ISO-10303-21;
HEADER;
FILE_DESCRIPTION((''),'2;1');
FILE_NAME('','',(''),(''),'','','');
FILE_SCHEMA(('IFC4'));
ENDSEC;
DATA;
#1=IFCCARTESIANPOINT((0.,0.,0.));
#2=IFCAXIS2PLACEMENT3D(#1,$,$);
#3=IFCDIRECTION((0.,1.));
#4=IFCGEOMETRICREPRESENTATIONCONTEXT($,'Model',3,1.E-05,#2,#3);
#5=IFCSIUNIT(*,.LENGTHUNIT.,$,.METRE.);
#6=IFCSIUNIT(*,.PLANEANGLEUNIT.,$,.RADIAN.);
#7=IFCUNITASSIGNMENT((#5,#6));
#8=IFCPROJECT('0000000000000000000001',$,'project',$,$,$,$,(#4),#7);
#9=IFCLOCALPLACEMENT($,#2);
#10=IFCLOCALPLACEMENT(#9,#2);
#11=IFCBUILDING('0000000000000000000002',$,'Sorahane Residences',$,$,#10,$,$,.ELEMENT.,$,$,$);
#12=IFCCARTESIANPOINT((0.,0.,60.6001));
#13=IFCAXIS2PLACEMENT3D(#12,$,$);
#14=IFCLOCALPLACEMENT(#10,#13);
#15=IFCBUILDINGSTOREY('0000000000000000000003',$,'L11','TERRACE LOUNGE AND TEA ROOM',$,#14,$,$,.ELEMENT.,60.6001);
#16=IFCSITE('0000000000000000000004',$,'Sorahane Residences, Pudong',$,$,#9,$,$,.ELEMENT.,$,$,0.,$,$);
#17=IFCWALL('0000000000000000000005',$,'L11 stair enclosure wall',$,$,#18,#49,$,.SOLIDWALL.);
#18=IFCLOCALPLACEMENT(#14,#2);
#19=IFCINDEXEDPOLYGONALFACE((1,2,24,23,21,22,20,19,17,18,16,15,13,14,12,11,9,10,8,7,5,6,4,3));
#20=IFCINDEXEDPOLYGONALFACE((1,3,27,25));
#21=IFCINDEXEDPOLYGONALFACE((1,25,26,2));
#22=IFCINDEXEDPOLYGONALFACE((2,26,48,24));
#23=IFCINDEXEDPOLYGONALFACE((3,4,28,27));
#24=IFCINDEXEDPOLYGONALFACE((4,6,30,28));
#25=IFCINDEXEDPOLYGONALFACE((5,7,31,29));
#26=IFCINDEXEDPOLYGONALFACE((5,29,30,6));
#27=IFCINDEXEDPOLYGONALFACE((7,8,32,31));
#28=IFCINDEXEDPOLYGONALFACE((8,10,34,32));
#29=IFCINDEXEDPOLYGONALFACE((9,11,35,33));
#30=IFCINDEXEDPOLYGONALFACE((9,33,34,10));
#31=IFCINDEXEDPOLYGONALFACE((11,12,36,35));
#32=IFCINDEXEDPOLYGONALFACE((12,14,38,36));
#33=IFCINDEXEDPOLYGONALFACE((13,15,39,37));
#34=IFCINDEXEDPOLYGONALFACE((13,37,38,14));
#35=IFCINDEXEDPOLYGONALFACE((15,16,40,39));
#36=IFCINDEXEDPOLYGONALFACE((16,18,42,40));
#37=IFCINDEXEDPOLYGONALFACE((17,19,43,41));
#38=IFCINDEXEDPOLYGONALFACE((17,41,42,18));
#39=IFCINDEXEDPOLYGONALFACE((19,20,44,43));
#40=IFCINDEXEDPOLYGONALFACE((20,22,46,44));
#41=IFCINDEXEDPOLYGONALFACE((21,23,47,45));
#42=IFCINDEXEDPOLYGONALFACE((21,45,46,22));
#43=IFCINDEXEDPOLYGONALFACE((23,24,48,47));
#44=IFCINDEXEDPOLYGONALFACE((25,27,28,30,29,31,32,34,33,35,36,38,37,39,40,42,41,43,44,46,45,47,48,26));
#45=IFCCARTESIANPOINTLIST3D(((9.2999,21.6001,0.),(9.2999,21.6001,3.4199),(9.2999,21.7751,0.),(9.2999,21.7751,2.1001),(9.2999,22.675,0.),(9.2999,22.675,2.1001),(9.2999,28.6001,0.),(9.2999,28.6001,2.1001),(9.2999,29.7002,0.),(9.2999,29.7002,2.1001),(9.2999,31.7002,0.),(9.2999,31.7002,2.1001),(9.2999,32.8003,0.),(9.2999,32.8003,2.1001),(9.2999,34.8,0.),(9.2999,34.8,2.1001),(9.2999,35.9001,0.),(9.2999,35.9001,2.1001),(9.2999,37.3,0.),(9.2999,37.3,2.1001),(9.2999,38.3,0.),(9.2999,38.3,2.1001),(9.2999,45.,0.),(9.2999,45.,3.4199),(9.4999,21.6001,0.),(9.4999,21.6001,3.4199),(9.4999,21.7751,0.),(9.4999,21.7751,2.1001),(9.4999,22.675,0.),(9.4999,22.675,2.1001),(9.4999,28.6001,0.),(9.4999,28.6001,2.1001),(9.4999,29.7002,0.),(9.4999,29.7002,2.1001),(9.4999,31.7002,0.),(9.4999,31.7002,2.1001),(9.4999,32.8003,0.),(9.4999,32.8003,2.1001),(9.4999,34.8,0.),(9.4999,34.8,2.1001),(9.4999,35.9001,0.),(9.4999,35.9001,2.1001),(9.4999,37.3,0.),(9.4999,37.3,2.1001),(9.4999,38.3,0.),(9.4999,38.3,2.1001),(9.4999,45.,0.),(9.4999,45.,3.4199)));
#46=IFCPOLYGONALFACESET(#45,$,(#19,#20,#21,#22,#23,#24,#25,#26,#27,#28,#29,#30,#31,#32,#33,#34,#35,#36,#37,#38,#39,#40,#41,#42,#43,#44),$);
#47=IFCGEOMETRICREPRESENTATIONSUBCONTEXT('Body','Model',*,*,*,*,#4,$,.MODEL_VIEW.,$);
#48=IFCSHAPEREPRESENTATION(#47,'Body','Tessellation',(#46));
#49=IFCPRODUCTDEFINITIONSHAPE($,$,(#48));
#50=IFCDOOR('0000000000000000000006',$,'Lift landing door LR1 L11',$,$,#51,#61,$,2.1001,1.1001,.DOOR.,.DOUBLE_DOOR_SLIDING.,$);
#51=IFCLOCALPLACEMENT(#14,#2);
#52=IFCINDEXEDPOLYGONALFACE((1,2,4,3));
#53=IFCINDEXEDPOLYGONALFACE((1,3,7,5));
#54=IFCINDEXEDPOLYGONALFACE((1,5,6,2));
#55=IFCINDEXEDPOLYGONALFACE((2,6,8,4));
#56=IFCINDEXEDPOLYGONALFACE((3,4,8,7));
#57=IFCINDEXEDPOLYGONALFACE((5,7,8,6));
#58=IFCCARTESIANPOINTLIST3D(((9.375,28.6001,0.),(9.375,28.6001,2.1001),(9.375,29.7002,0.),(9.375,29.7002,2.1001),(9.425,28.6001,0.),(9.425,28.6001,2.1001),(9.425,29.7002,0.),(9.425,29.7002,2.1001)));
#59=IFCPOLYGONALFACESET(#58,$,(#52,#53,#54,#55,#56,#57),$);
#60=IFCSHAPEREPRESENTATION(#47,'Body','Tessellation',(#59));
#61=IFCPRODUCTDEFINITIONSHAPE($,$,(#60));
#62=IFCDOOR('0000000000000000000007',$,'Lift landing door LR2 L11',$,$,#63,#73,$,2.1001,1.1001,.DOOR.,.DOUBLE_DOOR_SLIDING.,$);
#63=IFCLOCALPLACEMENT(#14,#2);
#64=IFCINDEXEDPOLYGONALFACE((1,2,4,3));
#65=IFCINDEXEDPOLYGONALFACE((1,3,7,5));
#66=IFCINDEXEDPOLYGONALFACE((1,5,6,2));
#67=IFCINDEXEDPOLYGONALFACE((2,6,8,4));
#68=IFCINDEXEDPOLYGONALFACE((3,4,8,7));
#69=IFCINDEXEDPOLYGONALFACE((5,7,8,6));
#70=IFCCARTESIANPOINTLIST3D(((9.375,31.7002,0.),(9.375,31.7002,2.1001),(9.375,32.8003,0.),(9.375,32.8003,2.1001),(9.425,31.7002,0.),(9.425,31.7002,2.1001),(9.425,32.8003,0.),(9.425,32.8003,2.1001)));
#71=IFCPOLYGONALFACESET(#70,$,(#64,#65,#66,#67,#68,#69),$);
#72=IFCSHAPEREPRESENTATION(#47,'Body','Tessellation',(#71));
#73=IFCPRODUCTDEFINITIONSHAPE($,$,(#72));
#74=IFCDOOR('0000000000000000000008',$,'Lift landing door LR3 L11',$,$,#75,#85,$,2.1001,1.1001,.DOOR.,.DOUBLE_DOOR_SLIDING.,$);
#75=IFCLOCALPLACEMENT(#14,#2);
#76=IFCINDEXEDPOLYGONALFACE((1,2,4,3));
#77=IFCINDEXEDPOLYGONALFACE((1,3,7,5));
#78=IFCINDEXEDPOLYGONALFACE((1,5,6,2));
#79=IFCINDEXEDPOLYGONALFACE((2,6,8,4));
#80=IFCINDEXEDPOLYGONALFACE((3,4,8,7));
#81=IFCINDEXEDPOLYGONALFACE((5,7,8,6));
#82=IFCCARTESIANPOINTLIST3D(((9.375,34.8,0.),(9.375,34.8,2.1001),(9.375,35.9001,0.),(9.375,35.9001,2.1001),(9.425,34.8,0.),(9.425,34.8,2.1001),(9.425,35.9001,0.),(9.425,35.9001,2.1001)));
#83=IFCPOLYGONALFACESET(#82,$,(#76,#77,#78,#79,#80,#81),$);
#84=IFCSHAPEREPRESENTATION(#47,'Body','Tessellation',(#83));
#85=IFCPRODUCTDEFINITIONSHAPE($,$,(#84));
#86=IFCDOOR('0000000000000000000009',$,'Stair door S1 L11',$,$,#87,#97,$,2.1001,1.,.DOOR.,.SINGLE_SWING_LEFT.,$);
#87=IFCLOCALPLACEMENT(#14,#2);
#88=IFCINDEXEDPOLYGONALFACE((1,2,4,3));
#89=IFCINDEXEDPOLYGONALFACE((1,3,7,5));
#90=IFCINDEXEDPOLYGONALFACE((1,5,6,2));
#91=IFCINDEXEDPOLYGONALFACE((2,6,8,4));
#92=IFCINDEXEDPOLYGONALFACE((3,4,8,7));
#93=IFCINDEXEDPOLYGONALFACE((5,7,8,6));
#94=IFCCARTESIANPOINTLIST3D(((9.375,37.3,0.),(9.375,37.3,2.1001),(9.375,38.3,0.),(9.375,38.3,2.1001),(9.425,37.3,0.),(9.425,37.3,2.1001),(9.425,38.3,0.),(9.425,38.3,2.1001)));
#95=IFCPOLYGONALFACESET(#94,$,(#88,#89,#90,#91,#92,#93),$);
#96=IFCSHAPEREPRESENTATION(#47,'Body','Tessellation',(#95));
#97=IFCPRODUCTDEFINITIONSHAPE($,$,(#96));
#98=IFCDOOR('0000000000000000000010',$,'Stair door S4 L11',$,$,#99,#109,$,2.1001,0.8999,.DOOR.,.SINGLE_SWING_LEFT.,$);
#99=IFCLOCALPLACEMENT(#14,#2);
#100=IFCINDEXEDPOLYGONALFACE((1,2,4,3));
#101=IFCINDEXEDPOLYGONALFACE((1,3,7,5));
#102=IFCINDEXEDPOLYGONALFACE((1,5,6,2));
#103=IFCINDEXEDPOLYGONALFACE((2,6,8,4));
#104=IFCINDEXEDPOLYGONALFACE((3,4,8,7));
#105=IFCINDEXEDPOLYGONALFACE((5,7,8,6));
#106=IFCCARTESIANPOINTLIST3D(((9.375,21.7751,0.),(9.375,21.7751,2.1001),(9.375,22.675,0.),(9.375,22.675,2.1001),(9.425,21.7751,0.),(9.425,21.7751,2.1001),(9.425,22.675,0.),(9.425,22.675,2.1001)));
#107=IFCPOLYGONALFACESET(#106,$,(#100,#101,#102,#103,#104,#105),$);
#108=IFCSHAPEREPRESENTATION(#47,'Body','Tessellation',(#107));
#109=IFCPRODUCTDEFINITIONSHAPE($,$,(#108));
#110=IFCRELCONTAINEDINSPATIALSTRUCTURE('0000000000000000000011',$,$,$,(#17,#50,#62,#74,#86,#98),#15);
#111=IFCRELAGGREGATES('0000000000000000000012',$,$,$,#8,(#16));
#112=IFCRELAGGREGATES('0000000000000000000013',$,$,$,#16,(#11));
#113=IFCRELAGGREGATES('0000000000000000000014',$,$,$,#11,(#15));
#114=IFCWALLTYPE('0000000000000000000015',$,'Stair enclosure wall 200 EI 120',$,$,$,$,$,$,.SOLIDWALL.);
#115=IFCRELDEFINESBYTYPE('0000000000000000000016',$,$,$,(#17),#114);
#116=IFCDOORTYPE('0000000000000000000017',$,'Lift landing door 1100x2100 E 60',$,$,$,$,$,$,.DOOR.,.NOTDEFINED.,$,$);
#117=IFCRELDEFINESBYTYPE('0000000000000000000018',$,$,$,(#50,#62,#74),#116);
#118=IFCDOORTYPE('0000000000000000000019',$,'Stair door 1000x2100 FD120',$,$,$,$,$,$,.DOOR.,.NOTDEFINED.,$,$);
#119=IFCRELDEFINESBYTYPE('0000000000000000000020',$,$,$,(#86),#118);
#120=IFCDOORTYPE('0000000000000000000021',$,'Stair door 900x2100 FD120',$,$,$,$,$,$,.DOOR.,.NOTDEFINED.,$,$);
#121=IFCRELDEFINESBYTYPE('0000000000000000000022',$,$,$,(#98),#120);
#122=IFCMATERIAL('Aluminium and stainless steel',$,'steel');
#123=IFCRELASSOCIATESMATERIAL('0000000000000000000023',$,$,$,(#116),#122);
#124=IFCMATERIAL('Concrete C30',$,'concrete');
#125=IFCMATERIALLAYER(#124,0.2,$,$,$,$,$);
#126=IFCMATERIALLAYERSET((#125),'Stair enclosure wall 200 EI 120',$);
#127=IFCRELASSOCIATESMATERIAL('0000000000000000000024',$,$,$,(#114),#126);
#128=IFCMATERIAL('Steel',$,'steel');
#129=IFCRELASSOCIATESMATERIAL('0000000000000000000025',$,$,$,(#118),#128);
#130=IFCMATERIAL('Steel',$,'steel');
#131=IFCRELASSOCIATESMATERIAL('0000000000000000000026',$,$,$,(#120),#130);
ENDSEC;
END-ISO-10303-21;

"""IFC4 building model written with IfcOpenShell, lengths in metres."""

from ifc_helpers import new_model, si_unit, direction, frame, frame_2d, origin, place, context, subcontext, project, spatial, rectangle, extrude, material, layer, layer_set, type_object, element, fill, save


model = new_model("IFC4")

# Units and contexts
model_context = context("Model", 3, precision=1e-05, world=origin(), true_north=direction((0.0, 1.0)))
body_context = subcontext(model_context, "Body", "Model", "MODEL_VIEW")
ifc_project = project(units=[si_unit("LENGTHUNIT", "METRE"), si_unit("PLANEANGLEUNIT", "RADIAN")], contexts=[model_context])

# Site, building, storey
site_placement = place(None, origin())
site = spatial("IfcSite", under=ifc_project, at=site_placement, Name="Sorahane Residences, Pudong", CompositionType="ELEMENT", RefElevation=0.0)
building_placement = place(site_placement, origin())
building = spatial("IfcBuilding", under=site, at=building_placement, Name="Sorahane Residences", CompositionType="ELEMENT")
storey_placement = place(building_placement, frame((0.0, 0.0, 60.6001)))
storey = spatial("IfcBuildingStorey", under=building, at=storey_placement, Name="L11", Description="TERRACE LOUNGE AND TEA ROOM", CompositionType="ELEMENT", Elevation=60.6001)

# Wall, openings, doors
ifc_material_1 = material(Name="Aluminium and stainless steel", Category="steel")
door_type_1 = type_object("IfcDoorType", Name="Lift landing door 1100x2100 E 60", OperationType="NOTDEFINED", PredefinedType="DOOR", material=ifc_material_1)
ifc_material_2 = material(Name="Concrete C30", Category="concrete")
ifc_layer_1 = layer(ifc_material_2, 0.2)
ifc_layer_set_1 = layer_set([ifc_layer_1], Name="Stair enclosure wall 200 EI 120")
wall_type_1 = type_object("IfcWallType", Name="Stair enclosure wall 200 EI 120", PredefinedType="SOLIDWALL", material=ifc_layer_set_1)
wall_1_placement = place(storey_placement, frame((9.3999, 21.6001, 0.0), z_axis=(0.0, 0.0, 1.0), x_axis=(0.0, 1.0, 0.0)))
wall_1 = element("IfcWall", 1, at=wall_1_placement, inside=storey, type_object=wall_type_1, Name="L11 stair enclosure wall", PredefinedType="SOLIDWALL", context=body_context, shape_type="SweptSolid", body=[
    extrude(rectangle(XDim=23.3999, YDim=0.2, at=frame_2d((11.7, 0.0))), origin(), (0.0, 0.0, 1.0), 3.4199),
])
opening_1_placement = place(wall_1_placement, frame((7.0, 0.0, 0.0)))
opening_1 = element("IfcOpeningElement", 2, at=opening_1_placement, cuts=wall_1, PredefinedType="OPENING", context=body_context, shape_type="SweptSolid", body=[
    extrude(rectangle(XDim=1.1001, YDim=2.1001, at=frame_2d((0.55, 1.05))), frame((0.0, 0.1099, 0.0), z_axis=(0.0, -1.0, 0.0), x_axis=(1.0, 0.0, 0.0)), (0.0, 0.0, 1.0), 0.22),
])
opening_2_placement = place(wall_1_placement, frame((10.1001, 0.0, 0.0)))
opening_2 = element("IfcOpeningElement", 3, at=opening_2_placement, cuts=wall_1, PredefinedType="OPENING", context=body_context, shape_type="SweptSolid", body=[
    extrude(rectangle(XDim=1.1001, YDim=2.1001, at=frame_2d((0.55, 1.05))), frame((0.0, 0.1099, 0.0), z_axis=(0.0, -1.0, 0.0), x_axis=(1.0, 0.0, 0.0)), (0.0, 0.0, 1.0), 0.22),
])
opening_3_placement = place(wall_1_placement, frame((13.2, 0.0, 0.0)))
opening_3 = element("IfcOpeningElement", 4, at=opening_3_placement, cuts=wall_1, PredefinedType="OPENING", context=body_context, shape_type="SweptSolid", body=[
    extrude(rectangle(XDim=1.1001, YDim=2.1001, at=frame_2d((0.55, 1.05))), frame((0.0, 0.1099, 0.0), z_axis=(0.0, -1.0, 0.0), x_axis=(1.0, 0.0, 0.0)), (0.0, 0.0, 1.0), 0.22),
])
opening_4_placement = place(wall_1_placement, frame((15.7, 0.0, 0.0)))
opening_4 = element("IfcOpeningElement", 5, at=opening_4_placement, cuts=wall_1, PredefinedType="OPENING", context=body_context, shape_type="SweptSolid", body=[
    extrude(rectangle(XDim=1.0, YDim=2.1001, at=frame_2d((0.5, 1.05))), frame((0.0, 0.1099, 0.0), z_axis=(0.0, -1.0, 0.0), x_axis=(1.0, 0.0, 0.0)), (0.0, 0.0, 1.0), 0.22),
])
opening_5_placement = place(wall_1_placement, frame((0.175, 0.0, 0.0)))
opening_5 = element("IfcOpeningElement", 6, at=opening_5_placement, cuts=wall_1, PredefinedType="OPENING", context=body_context, shape_type="SweptSolid", body=[
    extrude(rectangle(XDim=0.8999, YDim=2.1001, at=frame_2d((0.45, 1.05))), frame((0.0, 0.1099, 0.0), z_axis=(0.0, -1.0, 0.0), x_axis=(1.0, 0.0, 0.0)), (0.0, 0.0, 1.0), 0.22),
])
door_1_placement = place(opening_1_placement, origin())
door_1 = element("IfcDoor", 7, at=door_1_placement, inside=storey, type_object=door_type_1, Name="Lift landing door LR1 L11", OperationType="DOUBLE_DOOR_SLIDING", OverallHeight=2.1001, OverallWidth=1.1001, PredefinedType="DOOR", context=body_context, shape_type="SweptSolid", body=[
    extrude(rectangle(XDim=1.1001, YDim=2.1001, at=frame_2d((0.55, 1.05))), frame((0.0, 0.0249, 0.0), z_axis=(0.0, -1.0, 0.0), x_axis=(1.0, 0.0, 0.0)), (0.0, 0.0, 1.0), 0.05),
])
fill(opening_1, door_1)
door_2_placement = place(opening_2_placement, origin())
door_2 = element("IfcDoor", 8, at=door_2_placement, inside=storey, type_object=door_type_1, Name="Lift landing door LR2 L11", OperationType="DOUBLE_DOOR_SLIDING", OverallHeight=2.1001, OverallWidth=1.1001, PredefinedType="DOOR", context=body_context, shape_type="SweptSolid", body=[
    extrude(rectangle(XDim=1.1001, YDim=2.1001, at=frame_2d((0.55, 1.05))), frame((0.0, 0.0249, 0.0), z_axis=(0.0, -1.0, 0.0), x_axis=(1.0, 0.0, 0.0)), (0.0, 0.0, 1.0), 0.05),
])
fill(opening_2, door_2)
door_3_placement = place(opening_3_placement, origin())
door_3 = element("IfcDoor", 9, at=door_3_placement, inside=storey, type_object=door_type_1, Name="Lift landing door LR3 L11", OperationType="DOUBLE_DOOR_SLIDING", OverallHeight=2.1001, OverallWidth=1.1001, PredefinedType="DOOR", context=body_context, shape_type="SweptSolid", body=[
    extrude(rectangle(XDim=1.1001, YDim=2.1001, at=frame_2d((0.55, 1.05))), frame((0.0, 0.0249, 0.0), z_axis=(0.0, -1.0, 0.0), x_axis=(1.0, 0.0, 0.0)), (0.0, 0.0, 1.0), 0.05),
])
fill(opening_3, door_3)
ifc_material_3 = material(Name="Steel", Category="steel")
door_type_2 = type_object("IfcDoorType", Name="Stair door 1000x2100 FD120", OperationType="NOTDEFINED", PredefinedType="DOOR", material=ifc_material_3)
door_4_placement = place(opening_4_placement, origin())
door_4 = element("IfcDoor", 10, at=door_4_placement, inside=storey, type_object=door_type_2, Name="Stair door S1 L11", OperationType="SINGLE_SWING_LEFT", OverallHeight=2.1001, OverallWidth=1.0, PredefinedType="DOOR", context=body_context, shape_type="SweptSolid", body=[
    extrude(rectangle(XDim=1.0, YDim=2.1001, at=frame_2d((0.5, 1.05))), frame((0.0, 0.0249, 0.0), z_axis=(0.0, -1.0, 0.0), x_axis=(1.0, 0.0, 0.0)), (0.0, 0.0, 1.0), 0.05),
])
fill(opening_4, door_4)
ifc_material_4 = material(Name="Steel", Category="steel")
door_type_3 = type_object("IfcDoorType", Name="Stair door 900x2100 FD120", OperationType="NOTDEFINED", PredefinedType="DOOR", material=ifc_material_4)
door_5_placement = place(opening_5_placement, origin())
door_5 = element("IfcDoor", 11, at=door_5_placement, inside=storey, type_object=door_type_3, Name="Stair door S4 L11", OperationType="SINGLE_SWING_LEFT", OverallHeight=2.1001, OverallWidth=0.8999, PredefinedType="DOOR", context=body_context, shape_type="SweptSolid", body=[
    extrude(rectangle(XDim=0.8999, YDim=2.1001, at=frame_2d((0.45, 1.05))), frame((0.0, 0.0249, 0.0), z_axis=(0.0, -1.0, 0.0), x_axis=(1.0, 0.0, 0.0)), (0.0, 0.0, 1.0), 0.05),
])
fill(opening_5, door_5)

save(model, "model.ifc")
